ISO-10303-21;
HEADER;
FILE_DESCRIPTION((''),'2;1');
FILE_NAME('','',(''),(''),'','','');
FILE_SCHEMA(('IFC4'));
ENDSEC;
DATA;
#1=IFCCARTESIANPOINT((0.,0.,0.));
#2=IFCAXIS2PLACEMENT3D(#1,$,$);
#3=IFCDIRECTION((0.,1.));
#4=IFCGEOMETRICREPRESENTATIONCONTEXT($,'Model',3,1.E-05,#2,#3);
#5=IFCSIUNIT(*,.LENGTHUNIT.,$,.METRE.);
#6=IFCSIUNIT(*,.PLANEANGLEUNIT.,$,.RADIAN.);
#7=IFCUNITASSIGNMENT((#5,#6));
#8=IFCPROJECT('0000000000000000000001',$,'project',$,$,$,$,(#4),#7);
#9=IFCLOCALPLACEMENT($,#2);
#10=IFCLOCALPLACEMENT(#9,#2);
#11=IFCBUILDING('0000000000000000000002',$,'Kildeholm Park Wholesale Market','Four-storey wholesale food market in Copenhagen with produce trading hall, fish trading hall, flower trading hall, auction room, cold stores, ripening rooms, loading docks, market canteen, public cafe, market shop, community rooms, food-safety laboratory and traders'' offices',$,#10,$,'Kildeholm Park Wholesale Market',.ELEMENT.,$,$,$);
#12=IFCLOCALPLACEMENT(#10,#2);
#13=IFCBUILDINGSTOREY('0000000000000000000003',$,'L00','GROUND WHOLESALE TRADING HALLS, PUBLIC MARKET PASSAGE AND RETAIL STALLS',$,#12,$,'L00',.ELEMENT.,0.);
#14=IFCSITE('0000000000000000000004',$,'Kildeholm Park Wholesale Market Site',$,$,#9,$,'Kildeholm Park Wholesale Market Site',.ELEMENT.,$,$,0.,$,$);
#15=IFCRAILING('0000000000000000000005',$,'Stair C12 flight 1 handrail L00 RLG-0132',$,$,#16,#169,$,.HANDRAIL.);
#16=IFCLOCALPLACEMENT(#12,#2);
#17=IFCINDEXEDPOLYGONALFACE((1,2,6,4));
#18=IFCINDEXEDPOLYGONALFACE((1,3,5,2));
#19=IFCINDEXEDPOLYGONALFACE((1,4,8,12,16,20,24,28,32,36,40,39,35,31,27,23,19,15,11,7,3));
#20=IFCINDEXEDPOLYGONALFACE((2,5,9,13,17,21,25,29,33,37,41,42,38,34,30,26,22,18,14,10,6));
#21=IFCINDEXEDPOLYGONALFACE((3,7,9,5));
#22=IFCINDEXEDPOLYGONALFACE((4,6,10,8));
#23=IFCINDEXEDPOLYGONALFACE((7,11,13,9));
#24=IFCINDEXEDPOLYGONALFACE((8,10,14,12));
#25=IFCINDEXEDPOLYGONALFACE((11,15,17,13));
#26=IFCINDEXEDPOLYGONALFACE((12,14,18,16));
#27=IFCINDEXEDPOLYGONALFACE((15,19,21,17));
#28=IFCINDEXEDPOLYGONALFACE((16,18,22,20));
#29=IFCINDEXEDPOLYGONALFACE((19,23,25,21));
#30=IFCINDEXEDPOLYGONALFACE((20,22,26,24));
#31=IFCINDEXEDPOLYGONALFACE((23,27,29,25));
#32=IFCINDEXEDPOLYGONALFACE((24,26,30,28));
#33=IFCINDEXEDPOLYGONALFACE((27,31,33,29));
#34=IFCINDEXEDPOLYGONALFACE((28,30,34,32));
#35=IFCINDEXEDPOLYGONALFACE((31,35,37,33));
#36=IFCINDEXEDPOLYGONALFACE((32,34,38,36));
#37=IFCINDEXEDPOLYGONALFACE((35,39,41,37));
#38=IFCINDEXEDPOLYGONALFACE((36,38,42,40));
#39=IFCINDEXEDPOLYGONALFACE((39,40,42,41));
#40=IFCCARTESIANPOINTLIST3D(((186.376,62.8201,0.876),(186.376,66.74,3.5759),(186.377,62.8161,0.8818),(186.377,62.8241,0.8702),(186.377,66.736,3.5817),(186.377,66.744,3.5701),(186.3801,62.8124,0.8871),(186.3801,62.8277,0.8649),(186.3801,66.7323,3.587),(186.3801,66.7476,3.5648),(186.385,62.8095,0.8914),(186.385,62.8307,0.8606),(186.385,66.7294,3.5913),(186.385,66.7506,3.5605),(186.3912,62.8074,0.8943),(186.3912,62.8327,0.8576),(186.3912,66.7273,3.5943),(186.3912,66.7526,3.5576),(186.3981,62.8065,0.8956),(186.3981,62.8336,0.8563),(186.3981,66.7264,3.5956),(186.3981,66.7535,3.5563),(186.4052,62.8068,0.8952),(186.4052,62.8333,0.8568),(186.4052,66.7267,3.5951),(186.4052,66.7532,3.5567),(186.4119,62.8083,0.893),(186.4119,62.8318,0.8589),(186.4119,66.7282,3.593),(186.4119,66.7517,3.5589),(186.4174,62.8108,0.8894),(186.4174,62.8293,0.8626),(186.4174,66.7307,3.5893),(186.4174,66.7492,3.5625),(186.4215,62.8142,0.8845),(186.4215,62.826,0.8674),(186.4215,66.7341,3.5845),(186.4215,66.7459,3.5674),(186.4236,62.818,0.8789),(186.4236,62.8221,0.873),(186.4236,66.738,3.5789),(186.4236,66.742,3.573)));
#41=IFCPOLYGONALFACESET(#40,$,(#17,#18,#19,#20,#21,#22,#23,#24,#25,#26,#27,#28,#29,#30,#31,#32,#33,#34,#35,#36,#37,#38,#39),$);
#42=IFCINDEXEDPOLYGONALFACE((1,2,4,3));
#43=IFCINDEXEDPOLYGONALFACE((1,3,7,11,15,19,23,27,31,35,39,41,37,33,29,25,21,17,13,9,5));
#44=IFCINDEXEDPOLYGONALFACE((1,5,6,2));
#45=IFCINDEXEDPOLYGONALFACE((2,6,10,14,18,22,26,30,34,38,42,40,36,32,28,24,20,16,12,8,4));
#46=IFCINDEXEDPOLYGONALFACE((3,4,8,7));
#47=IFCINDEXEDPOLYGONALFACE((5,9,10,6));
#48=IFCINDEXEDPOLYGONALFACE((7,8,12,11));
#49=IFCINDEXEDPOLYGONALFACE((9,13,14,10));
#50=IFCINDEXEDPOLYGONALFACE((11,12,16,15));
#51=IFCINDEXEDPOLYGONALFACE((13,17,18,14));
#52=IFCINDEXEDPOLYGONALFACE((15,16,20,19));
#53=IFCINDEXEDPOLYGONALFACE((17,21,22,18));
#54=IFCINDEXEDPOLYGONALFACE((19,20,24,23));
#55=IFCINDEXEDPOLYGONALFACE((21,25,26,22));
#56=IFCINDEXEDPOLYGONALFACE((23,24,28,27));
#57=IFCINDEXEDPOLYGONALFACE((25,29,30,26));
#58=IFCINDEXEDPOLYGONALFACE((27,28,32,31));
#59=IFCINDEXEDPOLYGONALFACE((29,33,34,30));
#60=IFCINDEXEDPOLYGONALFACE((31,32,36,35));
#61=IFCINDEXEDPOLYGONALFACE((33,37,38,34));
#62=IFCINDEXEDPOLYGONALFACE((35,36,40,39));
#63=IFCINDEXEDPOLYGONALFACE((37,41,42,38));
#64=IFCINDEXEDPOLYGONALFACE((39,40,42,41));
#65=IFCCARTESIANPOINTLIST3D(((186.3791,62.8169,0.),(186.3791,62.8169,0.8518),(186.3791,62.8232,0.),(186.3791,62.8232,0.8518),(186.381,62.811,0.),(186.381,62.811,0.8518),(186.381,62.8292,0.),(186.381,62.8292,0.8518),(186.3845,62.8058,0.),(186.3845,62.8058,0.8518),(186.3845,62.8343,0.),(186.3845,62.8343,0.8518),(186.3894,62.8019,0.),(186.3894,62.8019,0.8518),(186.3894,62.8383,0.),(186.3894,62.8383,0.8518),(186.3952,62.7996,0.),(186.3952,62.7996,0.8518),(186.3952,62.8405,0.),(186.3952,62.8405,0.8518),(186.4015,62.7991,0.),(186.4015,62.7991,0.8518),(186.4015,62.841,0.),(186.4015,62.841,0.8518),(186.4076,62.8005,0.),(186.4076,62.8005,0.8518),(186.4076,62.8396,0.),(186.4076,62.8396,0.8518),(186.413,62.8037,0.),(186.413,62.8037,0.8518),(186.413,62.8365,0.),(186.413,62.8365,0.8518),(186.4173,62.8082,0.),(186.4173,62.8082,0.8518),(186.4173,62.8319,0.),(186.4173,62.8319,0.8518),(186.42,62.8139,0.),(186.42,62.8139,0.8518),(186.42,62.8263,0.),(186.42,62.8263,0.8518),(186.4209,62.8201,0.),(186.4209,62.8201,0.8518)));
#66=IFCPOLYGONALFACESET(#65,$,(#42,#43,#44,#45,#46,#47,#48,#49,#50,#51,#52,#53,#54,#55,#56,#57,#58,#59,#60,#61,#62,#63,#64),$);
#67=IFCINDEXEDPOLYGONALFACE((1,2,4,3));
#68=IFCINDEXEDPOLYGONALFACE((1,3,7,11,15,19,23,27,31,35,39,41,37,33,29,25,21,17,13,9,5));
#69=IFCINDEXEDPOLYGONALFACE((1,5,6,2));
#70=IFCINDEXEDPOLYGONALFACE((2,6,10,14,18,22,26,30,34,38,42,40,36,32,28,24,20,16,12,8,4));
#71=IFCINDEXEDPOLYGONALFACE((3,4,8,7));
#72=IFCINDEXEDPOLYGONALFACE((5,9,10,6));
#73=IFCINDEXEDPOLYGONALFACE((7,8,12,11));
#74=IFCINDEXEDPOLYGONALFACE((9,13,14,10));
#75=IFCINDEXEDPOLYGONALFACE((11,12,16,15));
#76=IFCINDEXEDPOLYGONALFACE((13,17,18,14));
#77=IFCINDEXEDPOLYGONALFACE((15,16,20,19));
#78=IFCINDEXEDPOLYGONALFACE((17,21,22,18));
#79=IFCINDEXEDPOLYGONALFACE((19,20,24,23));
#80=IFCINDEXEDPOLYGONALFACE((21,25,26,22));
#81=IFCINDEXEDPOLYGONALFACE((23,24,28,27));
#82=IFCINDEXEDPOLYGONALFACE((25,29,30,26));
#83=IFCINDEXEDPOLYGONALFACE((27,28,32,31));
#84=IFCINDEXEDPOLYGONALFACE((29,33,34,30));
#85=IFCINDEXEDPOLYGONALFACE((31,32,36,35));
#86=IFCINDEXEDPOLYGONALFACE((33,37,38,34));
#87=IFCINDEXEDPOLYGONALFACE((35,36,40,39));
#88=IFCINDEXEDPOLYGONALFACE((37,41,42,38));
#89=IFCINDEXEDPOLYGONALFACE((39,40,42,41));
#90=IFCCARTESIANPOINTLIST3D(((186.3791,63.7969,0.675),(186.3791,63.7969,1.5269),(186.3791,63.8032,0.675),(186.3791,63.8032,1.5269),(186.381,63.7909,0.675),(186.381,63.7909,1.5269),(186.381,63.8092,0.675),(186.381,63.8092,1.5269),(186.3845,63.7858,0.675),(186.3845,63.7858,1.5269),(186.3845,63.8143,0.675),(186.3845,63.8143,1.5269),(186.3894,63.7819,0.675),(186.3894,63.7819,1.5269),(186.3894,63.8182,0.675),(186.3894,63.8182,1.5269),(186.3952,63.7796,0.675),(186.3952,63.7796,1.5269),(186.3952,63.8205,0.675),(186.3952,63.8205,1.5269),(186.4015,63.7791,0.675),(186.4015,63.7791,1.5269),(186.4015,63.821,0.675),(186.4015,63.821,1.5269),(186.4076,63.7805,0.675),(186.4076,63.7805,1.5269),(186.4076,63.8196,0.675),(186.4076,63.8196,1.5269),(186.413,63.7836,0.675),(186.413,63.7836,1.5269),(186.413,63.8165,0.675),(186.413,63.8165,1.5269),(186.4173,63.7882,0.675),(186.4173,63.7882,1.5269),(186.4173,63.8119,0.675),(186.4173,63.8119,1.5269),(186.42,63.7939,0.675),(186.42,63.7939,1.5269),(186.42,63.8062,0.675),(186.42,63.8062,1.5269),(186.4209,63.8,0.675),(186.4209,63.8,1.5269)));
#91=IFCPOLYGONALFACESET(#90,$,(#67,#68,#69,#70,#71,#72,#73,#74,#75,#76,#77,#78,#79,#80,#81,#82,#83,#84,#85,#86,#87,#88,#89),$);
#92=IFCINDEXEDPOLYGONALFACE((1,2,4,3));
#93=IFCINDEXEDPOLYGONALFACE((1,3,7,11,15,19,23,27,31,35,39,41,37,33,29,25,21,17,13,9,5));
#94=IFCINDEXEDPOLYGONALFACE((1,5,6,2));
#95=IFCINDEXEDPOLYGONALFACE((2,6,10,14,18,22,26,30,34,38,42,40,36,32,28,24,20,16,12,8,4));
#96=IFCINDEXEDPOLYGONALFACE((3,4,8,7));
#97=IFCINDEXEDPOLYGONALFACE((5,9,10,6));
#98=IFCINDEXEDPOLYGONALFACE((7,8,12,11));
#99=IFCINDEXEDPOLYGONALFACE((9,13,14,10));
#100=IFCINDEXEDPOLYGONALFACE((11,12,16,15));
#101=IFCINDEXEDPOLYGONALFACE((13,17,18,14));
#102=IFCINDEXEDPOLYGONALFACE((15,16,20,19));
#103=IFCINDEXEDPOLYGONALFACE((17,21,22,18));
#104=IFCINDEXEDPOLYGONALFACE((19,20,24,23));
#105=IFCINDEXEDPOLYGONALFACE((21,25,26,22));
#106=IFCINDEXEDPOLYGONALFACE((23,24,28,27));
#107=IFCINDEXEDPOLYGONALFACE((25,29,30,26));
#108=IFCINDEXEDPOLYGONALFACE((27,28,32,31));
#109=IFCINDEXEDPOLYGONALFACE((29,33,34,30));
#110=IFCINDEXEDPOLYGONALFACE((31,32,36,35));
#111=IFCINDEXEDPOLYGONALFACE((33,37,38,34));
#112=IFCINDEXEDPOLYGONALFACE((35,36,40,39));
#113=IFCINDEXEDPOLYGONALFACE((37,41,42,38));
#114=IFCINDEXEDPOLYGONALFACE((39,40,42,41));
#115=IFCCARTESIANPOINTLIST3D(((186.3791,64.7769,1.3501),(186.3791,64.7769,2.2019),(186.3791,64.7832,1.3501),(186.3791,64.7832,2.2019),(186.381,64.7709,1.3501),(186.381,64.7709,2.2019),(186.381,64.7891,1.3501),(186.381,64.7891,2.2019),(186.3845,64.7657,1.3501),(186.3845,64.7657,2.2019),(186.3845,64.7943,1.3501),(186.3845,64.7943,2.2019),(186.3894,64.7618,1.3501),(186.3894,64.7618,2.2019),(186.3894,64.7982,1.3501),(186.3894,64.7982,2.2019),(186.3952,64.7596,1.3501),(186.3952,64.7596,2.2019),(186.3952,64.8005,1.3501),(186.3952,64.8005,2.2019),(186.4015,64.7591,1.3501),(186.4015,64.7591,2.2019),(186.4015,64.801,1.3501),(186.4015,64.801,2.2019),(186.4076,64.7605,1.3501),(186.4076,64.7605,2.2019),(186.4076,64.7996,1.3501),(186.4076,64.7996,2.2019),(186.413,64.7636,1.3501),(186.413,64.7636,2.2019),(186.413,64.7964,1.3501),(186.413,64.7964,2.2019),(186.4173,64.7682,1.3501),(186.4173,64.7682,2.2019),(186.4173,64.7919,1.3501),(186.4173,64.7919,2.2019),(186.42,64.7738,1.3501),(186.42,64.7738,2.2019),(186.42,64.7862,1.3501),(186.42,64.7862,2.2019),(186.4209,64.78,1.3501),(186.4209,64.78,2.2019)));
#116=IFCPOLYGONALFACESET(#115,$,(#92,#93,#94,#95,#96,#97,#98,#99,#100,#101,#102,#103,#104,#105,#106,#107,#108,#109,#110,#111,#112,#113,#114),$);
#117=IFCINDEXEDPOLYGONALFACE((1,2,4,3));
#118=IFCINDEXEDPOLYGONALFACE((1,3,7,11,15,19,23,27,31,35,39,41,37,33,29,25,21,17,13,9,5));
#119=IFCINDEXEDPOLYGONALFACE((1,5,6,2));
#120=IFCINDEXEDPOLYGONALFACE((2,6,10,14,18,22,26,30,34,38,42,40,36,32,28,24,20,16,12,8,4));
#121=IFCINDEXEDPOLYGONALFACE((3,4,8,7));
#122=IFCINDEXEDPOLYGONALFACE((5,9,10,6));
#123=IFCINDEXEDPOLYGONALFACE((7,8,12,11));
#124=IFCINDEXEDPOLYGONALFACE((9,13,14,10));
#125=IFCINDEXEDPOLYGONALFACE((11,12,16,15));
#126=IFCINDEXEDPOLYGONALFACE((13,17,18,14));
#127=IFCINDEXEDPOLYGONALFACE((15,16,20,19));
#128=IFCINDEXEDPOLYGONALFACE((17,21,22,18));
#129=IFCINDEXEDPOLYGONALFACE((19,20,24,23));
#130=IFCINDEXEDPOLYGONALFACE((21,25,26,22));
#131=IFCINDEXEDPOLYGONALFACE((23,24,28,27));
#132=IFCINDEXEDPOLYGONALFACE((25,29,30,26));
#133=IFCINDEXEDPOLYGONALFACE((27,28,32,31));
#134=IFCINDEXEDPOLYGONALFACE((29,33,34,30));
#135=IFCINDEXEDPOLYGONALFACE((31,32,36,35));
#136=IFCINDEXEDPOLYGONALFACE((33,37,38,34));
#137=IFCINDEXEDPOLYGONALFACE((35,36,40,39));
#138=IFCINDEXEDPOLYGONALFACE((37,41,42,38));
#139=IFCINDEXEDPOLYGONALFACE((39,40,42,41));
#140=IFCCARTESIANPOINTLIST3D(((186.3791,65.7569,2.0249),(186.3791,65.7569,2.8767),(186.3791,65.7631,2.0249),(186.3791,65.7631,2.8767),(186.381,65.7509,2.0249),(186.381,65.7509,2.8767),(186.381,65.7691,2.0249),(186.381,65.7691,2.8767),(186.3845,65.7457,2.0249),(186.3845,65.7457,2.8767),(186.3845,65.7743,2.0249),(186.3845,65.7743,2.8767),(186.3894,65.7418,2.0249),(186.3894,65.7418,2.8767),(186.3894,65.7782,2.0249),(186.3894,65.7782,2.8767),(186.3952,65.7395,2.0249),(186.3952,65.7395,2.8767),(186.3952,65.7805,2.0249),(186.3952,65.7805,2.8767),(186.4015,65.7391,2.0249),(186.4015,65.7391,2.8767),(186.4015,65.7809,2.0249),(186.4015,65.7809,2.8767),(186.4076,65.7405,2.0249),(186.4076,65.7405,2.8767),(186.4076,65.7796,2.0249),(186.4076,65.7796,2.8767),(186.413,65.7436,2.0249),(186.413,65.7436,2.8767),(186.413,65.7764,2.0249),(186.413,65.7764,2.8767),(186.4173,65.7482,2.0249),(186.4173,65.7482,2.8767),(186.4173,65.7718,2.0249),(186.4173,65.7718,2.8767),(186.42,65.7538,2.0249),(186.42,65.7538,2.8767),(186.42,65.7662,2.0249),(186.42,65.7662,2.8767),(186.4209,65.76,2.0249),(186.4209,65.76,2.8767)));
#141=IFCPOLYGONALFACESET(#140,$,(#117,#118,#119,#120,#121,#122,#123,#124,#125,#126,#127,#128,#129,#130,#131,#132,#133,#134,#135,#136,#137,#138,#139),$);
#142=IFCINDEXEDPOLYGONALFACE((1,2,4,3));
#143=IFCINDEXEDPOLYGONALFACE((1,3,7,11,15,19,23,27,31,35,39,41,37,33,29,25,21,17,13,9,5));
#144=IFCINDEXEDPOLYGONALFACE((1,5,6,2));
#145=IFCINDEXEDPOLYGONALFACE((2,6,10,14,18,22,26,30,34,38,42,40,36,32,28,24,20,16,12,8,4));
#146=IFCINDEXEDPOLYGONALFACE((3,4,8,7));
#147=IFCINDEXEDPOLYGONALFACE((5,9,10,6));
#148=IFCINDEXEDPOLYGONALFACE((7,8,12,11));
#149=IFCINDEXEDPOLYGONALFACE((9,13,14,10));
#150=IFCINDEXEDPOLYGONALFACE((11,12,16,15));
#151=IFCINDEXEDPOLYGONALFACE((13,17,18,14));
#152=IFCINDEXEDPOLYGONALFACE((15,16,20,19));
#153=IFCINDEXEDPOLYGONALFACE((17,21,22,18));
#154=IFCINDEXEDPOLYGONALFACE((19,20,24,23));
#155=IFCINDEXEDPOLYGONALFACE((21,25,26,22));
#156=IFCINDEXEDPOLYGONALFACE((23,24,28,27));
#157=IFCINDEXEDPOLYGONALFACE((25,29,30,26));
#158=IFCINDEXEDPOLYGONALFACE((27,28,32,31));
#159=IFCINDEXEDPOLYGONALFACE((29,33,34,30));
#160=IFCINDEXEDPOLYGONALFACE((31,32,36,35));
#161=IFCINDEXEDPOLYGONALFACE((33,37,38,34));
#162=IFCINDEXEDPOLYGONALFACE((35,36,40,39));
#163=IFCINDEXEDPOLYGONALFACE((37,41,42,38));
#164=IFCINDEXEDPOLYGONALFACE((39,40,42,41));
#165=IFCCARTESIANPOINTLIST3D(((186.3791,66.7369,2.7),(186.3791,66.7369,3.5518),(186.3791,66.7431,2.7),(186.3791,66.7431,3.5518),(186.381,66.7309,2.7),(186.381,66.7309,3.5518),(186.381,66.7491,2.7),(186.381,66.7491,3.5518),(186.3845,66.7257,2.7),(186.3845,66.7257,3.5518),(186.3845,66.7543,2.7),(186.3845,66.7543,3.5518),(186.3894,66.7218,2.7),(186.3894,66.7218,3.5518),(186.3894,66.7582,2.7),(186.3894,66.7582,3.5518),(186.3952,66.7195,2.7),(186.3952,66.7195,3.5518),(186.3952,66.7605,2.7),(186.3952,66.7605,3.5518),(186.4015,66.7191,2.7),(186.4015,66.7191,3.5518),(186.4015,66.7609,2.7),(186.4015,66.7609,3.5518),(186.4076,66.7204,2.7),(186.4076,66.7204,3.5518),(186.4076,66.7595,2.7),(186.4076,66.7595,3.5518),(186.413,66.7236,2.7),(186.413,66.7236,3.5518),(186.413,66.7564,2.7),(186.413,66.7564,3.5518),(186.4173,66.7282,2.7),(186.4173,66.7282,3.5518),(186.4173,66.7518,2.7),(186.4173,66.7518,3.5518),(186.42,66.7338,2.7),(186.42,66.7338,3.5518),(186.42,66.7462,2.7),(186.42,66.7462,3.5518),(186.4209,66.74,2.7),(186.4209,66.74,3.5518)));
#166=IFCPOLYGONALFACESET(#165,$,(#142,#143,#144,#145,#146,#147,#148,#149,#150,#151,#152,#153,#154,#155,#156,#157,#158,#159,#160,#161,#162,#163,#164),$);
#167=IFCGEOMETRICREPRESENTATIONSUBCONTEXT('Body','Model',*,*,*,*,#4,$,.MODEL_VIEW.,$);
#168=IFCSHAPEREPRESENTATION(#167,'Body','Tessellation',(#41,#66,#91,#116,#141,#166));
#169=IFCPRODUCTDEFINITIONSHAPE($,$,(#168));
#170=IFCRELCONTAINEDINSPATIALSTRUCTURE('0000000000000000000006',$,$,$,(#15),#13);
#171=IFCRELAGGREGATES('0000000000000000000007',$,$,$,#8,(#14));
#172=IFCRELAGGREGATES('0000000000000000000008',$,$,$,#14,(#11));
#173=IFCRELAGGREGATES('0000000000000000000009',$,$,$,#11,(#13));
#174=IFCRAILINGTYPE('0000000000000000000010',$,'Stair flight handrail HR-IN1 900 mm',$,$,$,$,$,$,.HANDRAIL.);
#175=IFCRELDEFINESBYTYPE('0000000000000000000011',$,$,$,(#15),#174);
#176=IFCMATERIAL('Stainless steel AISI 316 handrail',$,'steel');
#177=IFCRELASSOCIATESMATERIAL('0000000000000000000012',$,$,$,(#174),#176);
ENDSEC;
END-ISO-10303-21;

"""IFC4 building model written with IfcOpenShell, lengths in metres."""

from ifc_helpers import new_model, si_unit, direction, frame, origin, origin_2d, place, context, subcontext, project, spatial, circle, extrude, material, type_object, element, save


model = new_model("IFC4")

# Units and contexts
model_context = context("Model", 3, precision=1e-05, world=origin(), true_north=direction((0.0, 1.0)))
body_context = subcontext(model_context, "Body", "Model", "MODEL_VIEW")
ifc_project = project(units=[si_unit("LENGTHUNIT", "METRE"), si_unit("PLANEANGLEUNIT", "RADIAN")], contexts=[model_context])

# Site, building, storey
site_placement = place(None, origin())
site = spatial("IfcSite", under=ifc_project, at=site_placement, Name="Kildeholm Park Wholesale Market Site", LongName="Kildeholm Park Wholesale Market Site", CompositionType="ELEMENT", RefElevation=0.0)
building_placement = place(site_placement, origin())
building = spatial("IfcBuilding", under=site, at=building_placement, Name="Kildeholm Park Wholesale Market", Description="Four-storey wholesale food market in Copenhagen with produce trading hall, fish trading hall, flower trading hall, auction room, cold stores, ripening rooms, loading docks, market canteen, public cafe, market shop, community rooms, food-safety laboratory and traders' offices", LongName="Kildeholm Park Wholesale Market", CompositionType="ELEMENT")
storey_placement = place(building_placement, origin())
storey = spatial("IfcBuildingStorey", under=building, at=storey_placement, Name="L00", Description="GROUND WHOLESALE TRADING HALLS, PUBLIC MARKET PASSAGE AND RETAIL STALLS", LongName="L00", CompositionType="ELEMENT", Elevation=0.0)

# Railing
ifc_material_1 = material(Name="Stainless steel AISI 316 handrail", Category="steel")
railing_type_1 = type_object("IfcRailingType", Name="Stair flight handrail HR-IN1 900 mm", PredefinedType="HANDRAIL", material=ifc_material_1)
railing_1_placement = place(storey_placement, frame((186.3999, 62.8201, 0.0)))
element("IfcRailing", 1, at=railing_1_placement, inside=storey, type_object=railing_type_1, Name="Stair C12 flight 1 handrail L00 RLG-0132", PredefinedType="HANDRAIL", context=body_context, shape_type="SweptSolid", body=[
    extrude(circle(Radius=0.0239, at=origin_2d()), frame((0.0, 0.0, 0.876), z_axis=(0.0, 0.823551, 0.567243), x_axis=(-1.0, 0.0, 0.0)), (0.0, 0.0, 1.0), 4.7598),
    extrude(circle(Radius=0.021, at=origin_2d()), origin(), (0.0, 0.0, 1.0), 0.8518),
    extrude(circle(Radius=0.021, at=origin_2d()), frame((0.0, 0.98, 0.675)), (0.0, 0.0, 1.0), 0.8518),
    extrude(circle(Radius=0.021, at=origin_2d()), frame((0.0, 1.96, 1.3501)), (0.0, 0.0, 1.0), 0.8518),
    extrude(circle(Radius=0.021, at=origin_2d()), frame((0.0, 2.9399, 2.0249)), (0.0, 0.0, 1.0), 0.8518),
    extrude(circle(Radius=0.021, at=origin_2d()), frame((0.0, 3.9199, 2.7)), (0.0, 0.0, 1.0), 0.8518),
])

save(model, "model.ifc")
